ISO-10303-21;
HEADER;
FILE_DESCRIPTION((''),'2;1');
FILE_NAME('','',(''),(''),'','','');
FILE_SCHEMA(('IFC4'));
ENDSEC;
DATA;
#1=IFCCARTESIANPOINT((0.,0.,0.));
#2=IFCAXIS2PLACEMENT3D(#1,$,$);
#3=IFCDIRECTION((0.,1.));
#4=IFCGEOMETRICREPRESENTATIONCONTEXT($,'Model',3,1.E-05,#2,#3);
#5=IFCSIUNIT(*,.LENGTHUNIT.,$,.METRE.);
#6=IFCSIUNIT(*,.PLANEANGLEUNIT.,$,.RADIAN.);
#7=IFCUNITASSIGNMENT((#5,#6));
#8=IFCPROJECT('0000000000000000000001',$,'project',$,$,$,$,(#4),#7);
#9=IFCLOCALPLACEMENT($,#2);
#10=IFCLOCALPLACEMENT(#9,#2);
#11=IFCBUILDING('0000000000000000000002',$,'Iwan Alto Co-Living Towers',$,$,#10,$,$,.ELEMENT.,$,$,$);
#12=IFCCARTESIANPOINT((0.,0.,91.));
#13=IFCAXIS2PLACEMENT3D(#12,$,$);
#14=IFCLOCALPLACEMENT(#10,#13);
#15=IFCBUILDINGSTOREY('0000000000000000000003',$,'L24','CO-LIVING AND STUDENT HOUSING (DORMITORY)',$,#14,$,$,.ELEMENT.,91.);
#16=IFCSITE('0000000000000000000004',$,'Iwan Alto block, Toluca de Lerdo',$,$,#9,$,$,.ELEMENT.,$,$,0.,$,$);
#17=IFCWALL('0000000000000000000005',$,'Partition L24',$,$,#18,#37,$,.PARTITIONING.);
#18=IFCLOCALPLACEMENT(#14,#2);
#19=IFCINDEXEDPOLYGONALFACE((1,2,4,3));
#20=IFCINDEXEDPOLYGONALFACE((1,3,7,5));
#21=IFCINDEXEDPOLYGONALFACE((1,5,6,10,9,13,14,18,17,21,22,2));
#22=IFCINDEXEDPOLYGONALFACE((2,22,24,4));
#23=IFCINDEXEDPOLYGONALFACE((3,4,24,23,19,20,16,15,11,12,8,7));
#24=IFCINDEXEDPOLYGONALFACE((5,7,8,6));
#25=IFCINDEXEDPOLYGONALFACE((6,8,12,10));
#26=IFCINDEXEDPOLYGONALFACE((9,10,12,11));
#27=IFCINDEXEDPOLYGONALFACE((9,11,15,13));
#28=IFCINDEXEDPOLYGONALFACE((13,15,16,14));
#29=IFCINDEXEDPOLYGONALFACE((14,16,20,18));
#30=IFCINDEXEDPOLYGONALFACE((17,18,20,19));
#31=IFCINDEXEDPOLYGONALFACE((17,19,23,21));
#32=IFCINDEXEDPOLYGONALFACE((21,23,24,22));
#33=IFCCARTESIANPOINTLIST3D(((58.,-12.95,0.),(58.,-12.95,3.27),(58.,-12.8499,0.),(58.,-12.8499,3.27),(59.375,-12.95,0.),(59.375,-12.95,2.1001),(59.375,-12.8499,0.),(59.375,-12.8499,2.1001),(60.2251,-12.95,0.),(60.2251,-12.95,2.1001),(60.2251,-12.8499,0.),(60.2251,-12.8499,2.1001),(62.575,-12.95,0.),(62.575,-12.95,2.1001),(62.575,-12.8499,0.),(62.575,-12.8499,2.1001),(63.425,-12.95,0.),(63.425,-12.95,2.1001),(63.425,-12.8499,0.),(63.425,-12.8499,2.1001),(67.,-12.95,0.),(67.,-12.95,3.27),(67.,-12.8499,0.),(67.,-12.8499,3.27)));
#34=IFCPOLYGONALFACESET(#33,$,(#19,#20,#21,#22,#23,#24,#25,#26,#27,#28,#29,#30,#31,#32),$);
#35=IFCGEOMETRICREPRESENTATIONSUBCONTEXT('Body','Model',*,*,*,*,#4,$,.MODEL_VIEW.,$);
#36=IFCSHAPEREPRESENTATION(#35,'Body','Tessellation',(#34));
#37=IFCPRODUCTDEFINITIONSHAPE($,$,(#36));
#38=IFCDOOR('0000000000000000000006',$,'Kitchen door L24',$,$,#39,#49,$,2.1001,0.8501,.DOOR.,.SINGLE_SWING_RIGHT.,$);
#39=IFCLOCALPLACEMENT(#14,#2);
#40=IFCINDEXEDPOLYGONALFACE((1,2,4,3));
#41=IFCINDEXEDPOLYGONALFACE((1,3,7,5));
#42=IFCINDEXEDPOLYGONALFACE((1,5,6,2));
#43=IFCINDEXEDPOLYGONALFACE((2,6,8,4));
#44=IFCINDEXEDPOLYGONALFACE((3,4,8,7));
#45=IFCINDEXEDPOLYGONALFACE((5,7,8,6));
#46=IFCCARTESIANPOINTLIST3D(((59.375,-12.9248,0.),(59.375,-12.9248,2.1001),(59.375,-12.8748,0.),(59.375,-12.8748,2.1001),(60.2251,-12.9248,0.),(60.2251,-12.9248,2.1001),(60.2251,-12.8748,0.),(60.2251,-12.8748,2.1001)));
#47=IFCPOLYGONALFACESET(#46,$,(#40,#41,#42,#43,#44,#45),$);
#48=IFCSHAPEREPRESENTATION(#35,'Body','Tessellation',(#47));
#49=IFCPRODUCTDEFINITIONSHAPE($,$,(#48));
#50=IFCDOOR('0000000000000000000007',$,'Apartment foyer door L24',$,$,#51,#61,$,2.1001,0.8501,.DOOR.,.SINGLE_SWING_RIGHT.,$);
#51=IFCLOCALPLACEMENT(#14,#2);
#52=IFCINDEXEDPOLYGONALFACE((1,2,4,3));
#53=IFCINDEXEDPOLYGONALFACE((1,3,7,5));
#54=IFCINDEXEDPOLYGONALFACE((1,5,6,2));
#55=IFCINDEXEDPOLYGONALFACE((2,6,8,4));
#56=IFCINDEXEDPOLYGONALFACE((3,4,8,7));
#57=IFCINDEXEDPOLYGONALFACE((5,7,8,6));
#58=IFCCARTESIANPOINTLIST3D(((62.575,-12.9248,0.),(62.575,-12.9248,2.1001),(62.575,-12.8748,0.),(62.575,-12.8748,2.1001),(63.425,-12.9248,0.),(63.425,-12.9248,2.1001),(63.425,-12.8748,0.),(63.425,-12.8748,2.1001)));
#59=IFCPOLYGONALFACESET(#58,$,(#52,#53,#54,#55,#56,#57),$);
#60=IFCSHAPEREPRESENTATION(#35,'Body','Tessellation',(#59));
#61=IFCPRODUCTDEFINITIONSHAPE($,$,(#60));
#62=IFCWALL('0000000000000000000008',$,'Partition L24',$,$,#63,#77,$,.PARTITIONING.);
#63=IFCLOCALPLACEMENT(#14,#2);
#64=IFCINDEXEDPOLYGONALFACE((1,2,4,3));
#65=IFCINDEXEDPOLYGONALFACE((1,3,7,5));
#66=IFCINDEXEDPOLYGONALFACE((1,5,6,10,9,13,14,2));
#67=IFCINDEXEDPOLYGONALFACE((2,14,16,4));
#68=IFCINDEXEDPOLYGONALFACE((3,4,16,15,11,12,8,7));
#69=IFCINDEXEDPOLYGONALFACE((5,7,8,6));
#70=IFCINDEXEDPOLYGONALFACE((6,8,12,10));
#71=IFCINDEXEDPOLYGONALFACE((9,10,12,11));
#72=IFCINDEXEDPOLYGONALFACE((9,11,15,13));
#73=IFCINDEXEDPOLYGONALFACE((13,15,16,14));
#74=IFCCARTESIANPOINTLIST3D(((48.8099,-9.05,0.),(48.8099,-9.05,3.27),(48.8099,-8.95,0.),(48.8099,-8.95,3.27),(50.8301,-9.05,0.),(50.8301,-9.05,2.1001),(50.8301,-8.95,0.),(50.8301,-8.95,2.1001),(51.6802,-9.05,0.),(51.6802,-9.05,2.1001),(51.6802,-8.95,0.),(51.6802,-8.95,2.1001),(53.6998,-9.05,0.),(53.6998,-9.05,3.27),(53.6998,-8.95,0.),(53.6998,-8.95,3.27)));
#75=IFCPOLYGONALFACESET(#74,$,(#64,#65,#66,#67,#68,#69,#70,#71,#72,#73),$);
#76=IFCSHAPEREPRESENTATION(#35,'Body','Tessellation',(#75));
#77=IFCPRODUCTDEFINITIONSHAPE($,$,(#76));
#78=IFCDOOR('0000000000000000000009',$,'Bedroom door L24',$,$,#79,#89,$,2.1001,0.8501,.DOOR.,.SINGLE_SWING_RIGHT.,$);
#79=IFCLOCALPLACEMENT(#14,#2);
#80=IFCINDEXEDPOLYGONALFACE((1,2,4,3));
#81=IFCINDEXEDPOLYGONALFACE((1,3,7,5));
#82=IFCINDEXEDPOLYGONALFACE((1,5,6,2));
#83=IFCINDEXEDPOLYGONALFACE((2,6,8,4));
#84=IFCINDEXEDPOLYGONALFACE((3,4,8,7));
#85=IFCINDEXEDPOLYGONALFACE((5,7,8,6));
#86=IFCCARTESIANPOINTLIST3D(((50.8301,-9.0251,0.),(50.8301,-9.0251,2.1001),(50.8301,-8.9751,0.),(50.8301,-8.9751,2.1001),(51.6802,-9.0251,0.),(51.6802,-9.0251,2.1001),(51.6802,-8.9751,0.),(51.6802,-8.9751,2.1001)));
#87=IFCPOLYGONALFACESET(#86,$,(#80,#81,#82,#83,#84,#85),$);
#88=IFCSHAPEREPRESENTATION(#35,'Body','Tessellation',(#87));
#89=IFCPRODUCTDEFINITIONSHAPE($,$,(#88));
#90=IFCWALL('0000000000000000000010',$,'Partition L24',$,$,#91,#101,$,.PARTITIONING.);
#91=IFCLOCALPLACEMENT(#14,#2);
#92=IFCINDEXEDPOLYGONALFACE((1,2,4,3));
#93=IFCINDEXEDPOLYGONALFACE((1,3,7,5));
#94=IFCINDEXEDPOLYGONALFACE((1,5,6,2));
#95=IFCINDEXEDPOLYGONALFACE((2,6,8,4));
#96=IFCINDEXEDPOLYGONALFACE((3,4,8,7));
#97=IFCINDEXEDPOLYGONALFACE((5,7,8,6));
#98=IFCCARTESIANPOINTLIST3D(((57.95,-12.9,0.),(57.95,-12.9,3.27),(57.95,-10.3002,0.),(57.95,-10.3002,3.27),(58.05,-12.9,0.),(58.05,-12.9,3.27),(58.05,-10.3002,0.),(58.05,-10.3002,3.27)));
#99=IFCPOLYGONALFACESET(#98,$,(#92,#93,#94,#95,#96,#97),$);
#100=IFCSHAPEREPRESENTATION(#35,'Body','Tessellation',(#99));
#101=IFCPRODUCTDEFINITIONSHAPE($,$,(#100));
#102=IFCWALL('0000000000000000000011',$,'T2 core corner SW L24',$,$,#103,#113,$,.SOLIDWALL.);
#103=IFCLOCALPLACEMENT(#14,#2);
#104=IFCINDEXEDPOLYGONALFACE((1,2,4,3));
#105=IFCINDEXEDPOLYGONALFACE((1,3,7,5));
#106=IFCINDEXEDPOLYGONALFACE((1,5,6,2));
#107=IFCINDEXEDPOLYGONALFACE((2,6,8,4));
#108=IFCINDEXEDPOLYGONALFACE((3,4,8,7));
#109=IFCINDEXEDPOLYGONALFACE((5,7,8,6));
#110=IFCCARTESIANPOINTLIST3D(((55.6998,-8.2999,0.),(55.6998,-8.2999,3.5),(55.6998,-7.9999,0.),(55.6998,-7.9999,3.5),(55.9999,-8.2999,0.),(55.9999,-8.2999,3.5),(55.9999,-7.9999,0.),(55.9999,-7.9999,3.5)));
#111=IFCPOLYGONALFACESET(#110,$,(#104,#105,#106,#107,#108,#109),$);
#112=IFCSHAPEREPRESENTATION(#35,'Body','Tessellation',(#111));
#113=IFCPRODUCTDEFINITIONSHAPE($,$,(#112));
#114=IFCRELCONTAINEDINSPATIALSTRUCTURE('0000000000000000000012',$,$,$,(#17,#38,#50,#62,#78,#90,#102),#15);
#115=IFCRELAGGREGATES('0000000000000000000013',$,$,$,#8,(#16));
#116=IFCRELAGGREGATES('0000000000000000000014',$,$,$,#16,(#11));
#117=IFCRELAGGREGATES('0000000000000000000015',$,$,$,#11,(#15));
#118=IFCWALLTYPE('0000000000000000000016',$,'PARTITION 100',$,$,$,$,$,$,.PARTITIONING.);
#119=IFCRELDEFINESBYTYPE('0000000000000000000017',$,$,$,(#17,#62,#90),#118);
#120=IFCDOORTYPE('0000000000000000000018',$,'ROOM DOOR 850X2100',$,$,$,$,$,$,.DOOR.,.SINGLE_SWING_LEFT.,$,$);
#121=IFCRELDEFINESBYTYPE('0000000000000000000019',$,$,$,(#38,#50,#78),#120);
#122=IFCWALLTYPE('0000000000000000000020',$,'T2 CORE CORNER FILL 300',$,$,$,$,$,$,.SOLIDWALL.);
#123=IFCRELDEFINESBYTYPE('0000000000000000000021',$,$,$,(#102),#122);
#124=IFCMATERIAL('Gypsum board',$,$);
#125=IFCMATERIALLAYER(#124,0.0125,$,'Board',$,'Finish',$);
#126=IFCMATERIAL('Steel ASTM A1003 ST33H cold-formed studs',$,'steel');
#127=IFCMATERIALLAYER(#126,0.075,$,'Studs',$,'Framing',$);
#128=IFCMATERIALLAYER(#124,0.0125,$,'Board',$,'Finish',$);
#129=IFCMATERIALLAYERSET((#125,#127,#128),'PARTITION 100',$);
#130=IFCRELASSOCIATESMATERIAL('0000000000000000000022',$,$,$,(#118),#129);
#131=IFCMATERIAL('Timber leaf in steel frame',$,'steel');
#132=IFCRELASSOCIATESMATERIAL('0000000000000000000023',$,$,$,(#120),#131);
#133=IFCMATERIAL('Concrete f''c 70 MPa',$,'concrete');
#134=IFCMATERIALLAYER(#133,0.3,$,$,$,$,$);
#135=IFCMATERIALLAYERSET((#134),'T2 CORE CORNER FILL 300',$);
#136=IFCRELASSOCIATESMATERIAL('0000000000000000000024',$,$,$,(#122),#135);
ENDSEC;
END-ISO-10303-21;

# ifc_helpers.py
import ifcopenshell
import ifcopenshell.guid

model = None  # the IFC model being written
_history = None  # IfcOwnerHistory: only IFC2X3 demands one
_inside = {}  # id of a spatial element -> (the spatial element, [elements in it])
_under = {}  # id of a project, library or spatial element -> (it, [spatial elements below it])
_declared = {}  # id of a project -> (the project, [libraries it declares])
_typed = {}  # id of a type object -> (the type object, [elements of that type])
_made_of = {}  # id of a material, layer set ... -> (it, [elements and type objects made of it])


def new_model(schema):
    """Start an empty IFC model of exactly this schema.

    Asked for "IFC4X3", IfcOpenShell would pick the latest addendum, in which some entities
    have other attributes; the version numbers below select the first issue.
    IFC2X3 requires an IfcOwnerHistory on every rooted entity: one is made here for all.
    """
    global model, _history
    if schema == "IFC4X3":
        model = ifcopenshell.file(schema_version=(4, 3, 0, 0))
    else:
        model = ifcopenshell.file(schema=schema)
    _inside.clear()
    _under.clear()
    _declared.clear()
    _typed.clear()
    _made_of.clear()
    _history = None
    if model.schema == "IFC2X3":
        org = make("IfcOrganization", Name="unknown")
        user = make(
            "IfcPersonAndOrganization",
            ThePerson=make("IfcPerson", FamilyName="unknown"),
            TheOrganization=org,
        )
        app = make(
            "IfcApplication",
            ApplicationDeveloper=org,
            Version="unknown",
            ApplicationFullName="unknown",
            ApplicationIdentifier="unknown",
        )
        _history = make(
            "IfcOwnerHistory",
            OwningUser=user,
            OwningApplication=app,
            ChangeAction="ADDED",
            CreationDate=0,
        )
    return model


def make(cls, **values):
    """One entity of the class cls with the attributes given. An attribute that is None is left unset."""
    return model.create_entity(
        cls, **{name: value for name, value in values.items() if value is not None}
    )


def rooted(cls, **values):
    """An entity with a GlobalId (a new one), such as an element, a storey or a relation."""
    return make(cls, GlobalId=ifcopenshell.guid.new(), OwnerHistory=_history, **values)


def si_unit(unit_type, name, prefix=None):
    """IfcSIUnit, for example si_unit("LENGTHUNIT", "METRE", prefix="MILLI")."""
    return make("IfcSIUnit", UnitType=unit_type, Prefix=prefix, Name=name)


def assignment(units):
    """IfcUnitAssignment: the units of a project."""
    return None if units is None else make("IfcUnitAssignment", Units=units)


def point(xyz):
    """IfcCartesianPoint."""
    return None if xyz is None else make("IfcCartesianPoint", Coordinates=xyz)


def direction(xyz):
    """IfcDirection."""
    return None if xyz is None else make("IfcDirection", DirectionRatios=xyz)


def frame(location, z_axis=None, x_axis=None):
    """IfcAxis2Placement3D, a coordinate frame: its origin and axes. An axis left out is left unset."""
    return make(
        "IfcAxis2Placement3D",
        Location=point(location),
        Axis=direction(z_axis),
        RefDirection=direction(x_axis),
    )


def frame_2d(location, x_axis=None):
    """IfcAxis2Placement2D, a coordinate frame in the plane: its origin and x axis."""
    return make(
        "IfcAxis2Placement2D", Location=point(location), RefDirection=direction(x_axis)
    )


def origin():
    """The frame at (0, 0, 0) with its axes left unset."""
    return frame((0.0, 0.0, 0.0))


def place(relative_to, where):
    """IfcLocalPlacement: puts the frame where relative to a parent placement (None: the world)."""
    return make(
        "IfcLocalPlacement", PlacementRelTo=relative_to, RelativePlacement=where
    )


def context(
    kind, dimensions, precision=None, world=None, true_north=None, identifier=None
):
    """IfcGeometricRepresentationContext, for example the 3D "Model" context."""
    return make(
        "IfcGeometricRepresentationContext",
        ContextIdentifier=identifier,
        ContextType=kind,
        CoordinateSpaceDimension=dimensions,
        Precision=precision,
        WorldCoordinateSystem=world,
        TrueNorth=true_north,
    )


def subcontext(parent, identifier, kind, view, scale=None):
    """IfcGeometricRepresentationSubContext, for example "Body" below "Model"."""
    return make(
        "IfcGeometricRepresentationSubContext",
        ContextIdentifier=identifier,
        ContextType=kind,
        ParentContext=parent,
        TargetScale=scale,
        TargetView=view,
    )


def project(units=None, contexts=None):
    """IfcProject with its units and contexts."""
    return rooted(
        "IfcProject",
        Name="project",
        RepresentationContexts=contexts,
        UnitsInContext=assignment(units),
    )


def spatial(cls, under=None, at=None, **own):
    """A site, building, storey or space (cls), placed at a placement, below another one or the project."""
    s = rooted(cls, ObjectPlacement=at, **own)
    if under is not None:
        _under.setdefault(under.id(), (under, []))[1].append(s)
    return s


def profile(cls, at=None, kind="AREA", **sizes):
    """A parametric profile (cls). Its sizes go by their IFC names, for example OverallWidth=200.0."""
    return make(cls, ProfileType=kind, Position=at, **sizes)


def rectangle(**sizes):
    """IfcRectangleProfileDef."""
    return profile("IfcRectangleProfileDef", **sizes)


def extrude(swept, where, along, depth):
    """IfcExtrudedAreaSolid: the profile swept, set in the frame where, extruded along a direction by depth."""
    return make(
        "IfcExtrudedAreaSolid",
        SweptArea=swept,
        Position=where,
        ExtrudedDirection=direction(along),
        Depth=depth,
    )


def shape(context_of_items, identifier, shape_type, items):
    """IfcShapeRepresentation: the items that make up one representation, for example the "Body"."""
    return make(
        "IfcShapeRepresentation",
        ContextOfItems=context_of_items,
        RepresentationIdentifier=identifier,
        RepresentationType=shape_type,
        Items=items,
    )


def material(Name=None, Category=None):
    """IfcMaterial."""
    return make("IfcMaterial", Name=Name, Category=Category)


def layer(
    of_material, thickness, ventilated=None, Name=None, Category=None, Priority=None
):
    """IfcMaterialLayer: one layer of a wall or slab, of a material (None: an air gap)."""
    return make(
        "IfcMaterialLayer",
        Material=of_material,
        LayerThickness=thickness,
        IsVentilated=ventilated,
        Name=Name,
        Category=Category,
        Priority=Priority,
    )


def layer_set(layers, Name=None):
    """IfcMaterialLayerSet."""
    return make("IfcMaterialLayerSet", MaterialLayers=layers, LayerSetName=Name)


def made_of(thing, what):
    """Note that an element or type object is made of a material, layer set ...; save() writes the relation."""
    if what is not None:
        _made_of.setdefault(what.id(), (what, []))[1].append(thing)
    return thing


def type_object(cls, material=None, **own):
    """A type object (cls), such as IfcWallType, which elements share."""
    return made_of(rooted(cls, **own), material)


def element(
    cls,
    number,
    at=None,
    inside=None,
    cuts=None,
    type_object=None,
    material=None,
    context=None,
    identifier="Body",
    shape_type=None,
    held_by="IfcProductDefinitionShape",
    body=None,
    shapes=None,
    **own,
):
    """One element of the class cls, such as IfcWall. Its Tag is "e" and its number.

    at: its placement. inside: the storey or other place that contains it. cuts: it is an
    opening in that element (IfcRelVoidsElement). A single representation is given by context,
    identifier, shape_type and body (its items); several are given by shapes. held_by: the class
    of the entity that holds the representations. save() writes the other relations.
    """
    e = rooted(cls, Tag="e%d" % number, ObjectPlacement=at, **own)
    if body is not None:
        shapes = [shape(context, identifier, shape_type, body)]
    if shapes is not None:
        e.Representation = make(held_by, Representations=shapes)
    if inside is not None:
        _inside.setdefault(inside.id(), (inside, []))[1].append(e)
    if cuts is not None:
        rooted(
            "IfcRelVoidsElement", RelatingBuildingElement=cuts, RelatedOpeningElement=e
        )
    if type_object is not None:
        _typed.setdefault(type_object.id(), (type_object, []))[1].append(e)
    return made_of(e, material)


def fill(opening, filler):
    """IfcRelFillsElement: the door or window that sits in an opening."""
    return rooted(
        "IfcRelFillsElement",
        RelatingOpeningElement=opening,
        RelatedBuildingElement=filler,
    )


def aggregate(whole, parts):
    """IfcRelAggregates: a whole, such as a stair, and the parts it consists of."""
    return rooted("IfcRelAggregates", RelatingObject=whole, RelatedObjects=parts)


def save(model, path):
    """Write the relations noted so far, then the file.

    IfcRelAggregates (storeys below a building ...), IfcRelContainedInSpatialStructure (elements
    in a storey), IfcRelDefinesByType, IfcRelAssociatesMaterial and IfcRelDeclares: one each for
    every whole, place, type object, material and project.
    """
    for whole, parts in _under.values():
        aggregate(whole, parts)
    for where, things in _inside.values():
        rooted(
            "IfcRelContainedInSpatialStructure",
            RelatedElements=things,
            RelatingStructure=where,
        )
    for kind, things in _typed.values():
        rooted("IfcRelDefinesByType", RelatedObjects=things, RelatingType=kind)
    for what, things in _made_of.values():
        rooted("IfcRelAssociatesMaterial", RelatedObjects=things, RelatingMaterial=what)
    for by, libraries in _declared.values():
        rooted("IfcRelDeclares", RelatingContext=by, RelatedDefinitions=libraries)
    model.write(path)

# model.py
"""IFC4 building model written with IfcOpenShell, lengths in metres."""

from ifc_helpers import new_model, si_unit, direction, frame, frame_2d, origin, place, context, subcontext, project, spatial, rectangle, extrude, material, layer, layer_set, type_object, element, fill, save


model = new_model("IFC4")

# Units and contexts
model_context = context("Model", 3, precision=1e-05, world=origin(), true_north=direction((0.0, 1.0)))
body_context = subcontext(model_context, "Body", "Model", "MODEL_VIEW")
ifc_project = project(units=[si_unit("LENGTHUNIT", "METRE"), si_unit("PLANEANGLEUNIT", "RADIAN")], contexts=[model_context])

# Site, building, storey
site_placement = place(None, origin())
site = spatial("IfcSite", under=ifc_project, at=site_placement, Name="Iwan Alto block, Toluca de Lerdo", CompositionType="ELEMENT", RefElevation=0.0)
building_placement = place(site_placement, origin())
building = spatial("IfcBuilding", under=site, at=building_placement, Name="Iwan Alto Co-Living Towers", CompositionType="ELEMENT")
storey_placement = place(building_placement, frame((0.0, 0.0, 91.0)))
storey = spatial("IfcBuildingStorey", under=building, at=storey_placement, Name="L24", Description="CO-LIVING AND STUDENT HOUSING (DORMITORY)", CompositionType="ELEMENT", Elevation=91.0)

# Shared definitions
ifc_material_1 = material(Name="Gypsum board")
ifc_material_2 = material(Name="Steel ASTM A1003 ST33H cold-formed studs", Category="steel")

# Wall, openings, doors
ifc_layer_1 = layer(ifc_material_1, 0.0125, Name="Board", Category="Finish")
ifc_layer_2 = layer(ifc_material_2, 0.075, Name="Studs", Category="Framing")
ifc_layer_3 = layer(ifc_material_1, 0.0125, Name="Board", Category="Finish")
ifc_layer_set_1 = layer_set([ifc_layer_1, ifc_layer_2, ifc_layer_3], Name="PARTITION 100")
wall_type_1 = type_object("IfcWallType", Name="PARTITION 100", PredefinedType="PARTITIONING", material=ifc_layer_set_1)
wall_1_placement = place(storey_placement, frame((58.0, -12.8999, 0.0), z_axis=(0.0, 0.0, 1.0), x_axis=(1.0, 0.0, 0.0)))
wall_1 = element("IfcWall", 1, at=wall_1_placement, inside=storey, type_object=wall_type_1, Name="Partition L24", PredefinedType="PARTITIONING", context=body_context, shape_type="SweptSolid", body=[
    extrude(rectangle(XDim=9.0, YDim=0.1001, at=frame_2d((4.5, 0.0))), origin(), (0.0, 0.0, 1.0), 3.27),
])
opening_1_placement = place(wall_1_placement, frame((1.375, 0.0, 0.0)))
opening_1 = element("IfcOpeningElement", 2, at=opening_1_placement, cuts=wall_1, PredefinedType="OPENING", context=body_context, shape_type="SweptSolid", body=[
    extrude(rectangle(XDim=0.8501, YDim=2.1001, at=frame_2d((0.425, 1.05))), frame((0.0, 0.0601, 0.0), z_axis=(0.0, -1.0, 0.0), x_axis=(1.0, 0.0, 0.0)), (0.0, 0.0, 1.0), 0.1201),
])
opening_2_placement = place(wall_1_placement, frame((4.575, 0.0, 0.0)))
opening_2 = element("IfcOpeningElement", 3, at=opening_2_placement, cuts=wall_1, PredefinedType="OPENING", context=body_context, shape_type="SweptSolid", body=[
    extrude(rectangle(XDim=0.8501, YDim=2.1001, at=frame_2d((0.425, 1.05))), frame((0.0, 0.0601, 0.0), z_axis=(0.0, -1.0, 0.0), x_axis=(1.0, 0.0, 0.0)), (0.0, 0.0, 1.0), 0.1201),
])
ifc_material_3 = material(Name="Timber leaf in steel frame", Category="steel")
door_type_1 = type_object("IfcDoorType", Name="ROOM DOOR 850X2100", OperationType="SINGLE_SWING_LEFT", PredefinedType="DOOR", material=ifc_material_3)
door_1_placement = place(opening_1_placement, frame((0.8501, 0.0, 0.0), z_axis=(0.0, 0.0, 1.0), x_axis=(-1.0, 0.0, 0.0)))
door_1 = element("IfcDoor", 4, at=door_1_placement, inside=storey, type_object=door_type_1, Name="Kitchen door L24", OperationType="SINGLE_SWING_RIGHT", OverallHeight=2.1001, OverallWidth=0.8501, PredefinedType="DOOR", context=body_context, shape_type="SweptSolid", body=[
    extrude(rectangle(XDim=0.8501, YDim=2.1001, at=frame_2d((0.425, 1.05))), frame((0.0, 0.0249, 0.0), z_axis=(0.0, -1.0, 0.0), x_axis=(1.0, 0.0, 0.0)), (0.0, 0.0, 1.0), 0.05),
])
fill(opening_1, door_1)
door_2_placement = place(opening_2_placement, frame((0.8501, 0.0, 0.0), z_axis=(0.0, 0.0, 1.0), x_axis=(-1.0, 0.0, 0.0)))
door_2 = element("IfcDoor", 5, at=door_2_placement, inside=storey, type_object=door_type_1, Name="Apartment foyer door L24", OperationType="SINGLE_SWING_RIGHT", OverallHeight=2.1001, OverallWidth=0.8501, PredefinedType="DOOR", context=body_context, shape_type="SweptSolid", body=[
    extrude(rectangle(XDim=0.8501, YDim=2.1001, at=frame_2d((0.425, 1.05))), frame((0.0, 0.0249, 0.0), z_axis=(0.0, -1.0, 0.0), x_axis=(1.0, 0.0, 0.0)), (0.0, 0.0, 1.0), 0.05),
])
fill(opening_2, door_2)

# Wall, opening, door
wall_2_placement = place(storey_placement, frame((48.8101, -9.0, 0.0), z_axis=(0.0, 0.0, 1.0), x_axis=(1.0, 0.0, 0.0)))
wall_2 = element("IfcWall", 6, at=wall_2_placement, inside=storey, type_object=wall_type_1, Name="Partition L24", PredefinedType="PARTITIONING", context=body_context, shape_type="SweptSolid", body=[
    extrude(rectangle(XDim=4.8899, YDim=0.1001, at=frame_2d((2.4448, 0.0))), origin(), (0.0, 0.0, 1.0), 3.27),
])
opening_3_placement = place(wall_2_placement, frame((2.02, 0.0, 0.0)))
opening_3 = element("IfcOpeningElement", 7, at=opening_3_placement, cuts=wall_2, PredefinedType="OPENING", context=body_context, shape_type="SweptSolid", body=[
    extrude(rectangle(XDim=0.8501, YDim=2.1001, at=frame_2d((0.425, 1.05))), frame((0.0, 0.0601, 0.0), z_axis=(0.0, -1.0, 0.0), x_axis=(1.0, 0.0, 0.0)), (0.0, 0.0, 1.0), 0.1201),
])
door_3_placement = place(opening_3_placement, origin())
door_3 = element("IfcDoor", 8, at=door_3_placement, inside=storey, type_object=door_type_1, Name="Bedroom door L24", OperationType="SINGLE_SWING_RIGHT", OverallHeight=2.1001, OverallWidth=0.8501, PredefinedType="DOOR", context=body_context, shape_type="SweptSolid", body=[
    extrude(rectangle(XDim=0.8501, YDim=2.1001, at=frame_2d((0.425, 1.05))), frame((0.0, 0.0249, 0.0), z_axis=(0.0, -1.0, 0.0), x_axis=(1.0, 0.0, 0.0)), (0.0, 0.0, 1.0), 0.05),
])
fill(opening_3, door_3)

# Walls
wall_3_placement = place(storey_placement, frame((58.0, -12.8999, 0.0), z_axis=(0.0, 0.0, 1.0), x_axis=(0.0, 1.0, 0.0)))
element("IfcWall", 9, at=wall_3_placement, inside=storey, type_object=wall_type_1, Name="Partition L24", PredefinedType="PARTITIONING", context=body_context, shape_type="SweptSolid", body=[
    extrude(rectangle(XDim=2.5999, YDim=0.1001, at=frame_2d((1.2998, 0.0))), origin(), (0.0, 0.0, 1.0), 3.27),
])
ifc_material_4 = material(Name="Concrete f'c 70 MPa", Category="concrete")
ifc_layer_4 = layer(ifc_material_4, 0.3)
ifc_layer_set_2 = layer_set([ifc_layer_4], Name="T2 CORE CORNER FILL 300")
wall_type_2 = type_object("IfcWallType", Name="T2 CORE CORNER FILL 300", PredefinedType="SOLIDWALL", material=ifc_layer_set_2)
wall_4_placement = place(storey_placement, frame((55.7, -8.1499, 0.0), z_axis=(0.0, 0.0, 1.0), x_axis=(1.0, 0.0, 0.0)))
element("IfcWall", 10, at=wall_4_placement, inside=storey, type_object=wall_type_2, Name="T2 core corner SW L24", PredefinedType="SOLIDWALL", context=body_context, shape_type="SweptSolid", body=[
    extrude(rectangle(XDim=0.3, YDim=0.3, at=frame_2d((0.1499, 0.0))), origin(), (0.0, 0.0, 1.0), 3.5),
])

save(model, "model.ifc")
